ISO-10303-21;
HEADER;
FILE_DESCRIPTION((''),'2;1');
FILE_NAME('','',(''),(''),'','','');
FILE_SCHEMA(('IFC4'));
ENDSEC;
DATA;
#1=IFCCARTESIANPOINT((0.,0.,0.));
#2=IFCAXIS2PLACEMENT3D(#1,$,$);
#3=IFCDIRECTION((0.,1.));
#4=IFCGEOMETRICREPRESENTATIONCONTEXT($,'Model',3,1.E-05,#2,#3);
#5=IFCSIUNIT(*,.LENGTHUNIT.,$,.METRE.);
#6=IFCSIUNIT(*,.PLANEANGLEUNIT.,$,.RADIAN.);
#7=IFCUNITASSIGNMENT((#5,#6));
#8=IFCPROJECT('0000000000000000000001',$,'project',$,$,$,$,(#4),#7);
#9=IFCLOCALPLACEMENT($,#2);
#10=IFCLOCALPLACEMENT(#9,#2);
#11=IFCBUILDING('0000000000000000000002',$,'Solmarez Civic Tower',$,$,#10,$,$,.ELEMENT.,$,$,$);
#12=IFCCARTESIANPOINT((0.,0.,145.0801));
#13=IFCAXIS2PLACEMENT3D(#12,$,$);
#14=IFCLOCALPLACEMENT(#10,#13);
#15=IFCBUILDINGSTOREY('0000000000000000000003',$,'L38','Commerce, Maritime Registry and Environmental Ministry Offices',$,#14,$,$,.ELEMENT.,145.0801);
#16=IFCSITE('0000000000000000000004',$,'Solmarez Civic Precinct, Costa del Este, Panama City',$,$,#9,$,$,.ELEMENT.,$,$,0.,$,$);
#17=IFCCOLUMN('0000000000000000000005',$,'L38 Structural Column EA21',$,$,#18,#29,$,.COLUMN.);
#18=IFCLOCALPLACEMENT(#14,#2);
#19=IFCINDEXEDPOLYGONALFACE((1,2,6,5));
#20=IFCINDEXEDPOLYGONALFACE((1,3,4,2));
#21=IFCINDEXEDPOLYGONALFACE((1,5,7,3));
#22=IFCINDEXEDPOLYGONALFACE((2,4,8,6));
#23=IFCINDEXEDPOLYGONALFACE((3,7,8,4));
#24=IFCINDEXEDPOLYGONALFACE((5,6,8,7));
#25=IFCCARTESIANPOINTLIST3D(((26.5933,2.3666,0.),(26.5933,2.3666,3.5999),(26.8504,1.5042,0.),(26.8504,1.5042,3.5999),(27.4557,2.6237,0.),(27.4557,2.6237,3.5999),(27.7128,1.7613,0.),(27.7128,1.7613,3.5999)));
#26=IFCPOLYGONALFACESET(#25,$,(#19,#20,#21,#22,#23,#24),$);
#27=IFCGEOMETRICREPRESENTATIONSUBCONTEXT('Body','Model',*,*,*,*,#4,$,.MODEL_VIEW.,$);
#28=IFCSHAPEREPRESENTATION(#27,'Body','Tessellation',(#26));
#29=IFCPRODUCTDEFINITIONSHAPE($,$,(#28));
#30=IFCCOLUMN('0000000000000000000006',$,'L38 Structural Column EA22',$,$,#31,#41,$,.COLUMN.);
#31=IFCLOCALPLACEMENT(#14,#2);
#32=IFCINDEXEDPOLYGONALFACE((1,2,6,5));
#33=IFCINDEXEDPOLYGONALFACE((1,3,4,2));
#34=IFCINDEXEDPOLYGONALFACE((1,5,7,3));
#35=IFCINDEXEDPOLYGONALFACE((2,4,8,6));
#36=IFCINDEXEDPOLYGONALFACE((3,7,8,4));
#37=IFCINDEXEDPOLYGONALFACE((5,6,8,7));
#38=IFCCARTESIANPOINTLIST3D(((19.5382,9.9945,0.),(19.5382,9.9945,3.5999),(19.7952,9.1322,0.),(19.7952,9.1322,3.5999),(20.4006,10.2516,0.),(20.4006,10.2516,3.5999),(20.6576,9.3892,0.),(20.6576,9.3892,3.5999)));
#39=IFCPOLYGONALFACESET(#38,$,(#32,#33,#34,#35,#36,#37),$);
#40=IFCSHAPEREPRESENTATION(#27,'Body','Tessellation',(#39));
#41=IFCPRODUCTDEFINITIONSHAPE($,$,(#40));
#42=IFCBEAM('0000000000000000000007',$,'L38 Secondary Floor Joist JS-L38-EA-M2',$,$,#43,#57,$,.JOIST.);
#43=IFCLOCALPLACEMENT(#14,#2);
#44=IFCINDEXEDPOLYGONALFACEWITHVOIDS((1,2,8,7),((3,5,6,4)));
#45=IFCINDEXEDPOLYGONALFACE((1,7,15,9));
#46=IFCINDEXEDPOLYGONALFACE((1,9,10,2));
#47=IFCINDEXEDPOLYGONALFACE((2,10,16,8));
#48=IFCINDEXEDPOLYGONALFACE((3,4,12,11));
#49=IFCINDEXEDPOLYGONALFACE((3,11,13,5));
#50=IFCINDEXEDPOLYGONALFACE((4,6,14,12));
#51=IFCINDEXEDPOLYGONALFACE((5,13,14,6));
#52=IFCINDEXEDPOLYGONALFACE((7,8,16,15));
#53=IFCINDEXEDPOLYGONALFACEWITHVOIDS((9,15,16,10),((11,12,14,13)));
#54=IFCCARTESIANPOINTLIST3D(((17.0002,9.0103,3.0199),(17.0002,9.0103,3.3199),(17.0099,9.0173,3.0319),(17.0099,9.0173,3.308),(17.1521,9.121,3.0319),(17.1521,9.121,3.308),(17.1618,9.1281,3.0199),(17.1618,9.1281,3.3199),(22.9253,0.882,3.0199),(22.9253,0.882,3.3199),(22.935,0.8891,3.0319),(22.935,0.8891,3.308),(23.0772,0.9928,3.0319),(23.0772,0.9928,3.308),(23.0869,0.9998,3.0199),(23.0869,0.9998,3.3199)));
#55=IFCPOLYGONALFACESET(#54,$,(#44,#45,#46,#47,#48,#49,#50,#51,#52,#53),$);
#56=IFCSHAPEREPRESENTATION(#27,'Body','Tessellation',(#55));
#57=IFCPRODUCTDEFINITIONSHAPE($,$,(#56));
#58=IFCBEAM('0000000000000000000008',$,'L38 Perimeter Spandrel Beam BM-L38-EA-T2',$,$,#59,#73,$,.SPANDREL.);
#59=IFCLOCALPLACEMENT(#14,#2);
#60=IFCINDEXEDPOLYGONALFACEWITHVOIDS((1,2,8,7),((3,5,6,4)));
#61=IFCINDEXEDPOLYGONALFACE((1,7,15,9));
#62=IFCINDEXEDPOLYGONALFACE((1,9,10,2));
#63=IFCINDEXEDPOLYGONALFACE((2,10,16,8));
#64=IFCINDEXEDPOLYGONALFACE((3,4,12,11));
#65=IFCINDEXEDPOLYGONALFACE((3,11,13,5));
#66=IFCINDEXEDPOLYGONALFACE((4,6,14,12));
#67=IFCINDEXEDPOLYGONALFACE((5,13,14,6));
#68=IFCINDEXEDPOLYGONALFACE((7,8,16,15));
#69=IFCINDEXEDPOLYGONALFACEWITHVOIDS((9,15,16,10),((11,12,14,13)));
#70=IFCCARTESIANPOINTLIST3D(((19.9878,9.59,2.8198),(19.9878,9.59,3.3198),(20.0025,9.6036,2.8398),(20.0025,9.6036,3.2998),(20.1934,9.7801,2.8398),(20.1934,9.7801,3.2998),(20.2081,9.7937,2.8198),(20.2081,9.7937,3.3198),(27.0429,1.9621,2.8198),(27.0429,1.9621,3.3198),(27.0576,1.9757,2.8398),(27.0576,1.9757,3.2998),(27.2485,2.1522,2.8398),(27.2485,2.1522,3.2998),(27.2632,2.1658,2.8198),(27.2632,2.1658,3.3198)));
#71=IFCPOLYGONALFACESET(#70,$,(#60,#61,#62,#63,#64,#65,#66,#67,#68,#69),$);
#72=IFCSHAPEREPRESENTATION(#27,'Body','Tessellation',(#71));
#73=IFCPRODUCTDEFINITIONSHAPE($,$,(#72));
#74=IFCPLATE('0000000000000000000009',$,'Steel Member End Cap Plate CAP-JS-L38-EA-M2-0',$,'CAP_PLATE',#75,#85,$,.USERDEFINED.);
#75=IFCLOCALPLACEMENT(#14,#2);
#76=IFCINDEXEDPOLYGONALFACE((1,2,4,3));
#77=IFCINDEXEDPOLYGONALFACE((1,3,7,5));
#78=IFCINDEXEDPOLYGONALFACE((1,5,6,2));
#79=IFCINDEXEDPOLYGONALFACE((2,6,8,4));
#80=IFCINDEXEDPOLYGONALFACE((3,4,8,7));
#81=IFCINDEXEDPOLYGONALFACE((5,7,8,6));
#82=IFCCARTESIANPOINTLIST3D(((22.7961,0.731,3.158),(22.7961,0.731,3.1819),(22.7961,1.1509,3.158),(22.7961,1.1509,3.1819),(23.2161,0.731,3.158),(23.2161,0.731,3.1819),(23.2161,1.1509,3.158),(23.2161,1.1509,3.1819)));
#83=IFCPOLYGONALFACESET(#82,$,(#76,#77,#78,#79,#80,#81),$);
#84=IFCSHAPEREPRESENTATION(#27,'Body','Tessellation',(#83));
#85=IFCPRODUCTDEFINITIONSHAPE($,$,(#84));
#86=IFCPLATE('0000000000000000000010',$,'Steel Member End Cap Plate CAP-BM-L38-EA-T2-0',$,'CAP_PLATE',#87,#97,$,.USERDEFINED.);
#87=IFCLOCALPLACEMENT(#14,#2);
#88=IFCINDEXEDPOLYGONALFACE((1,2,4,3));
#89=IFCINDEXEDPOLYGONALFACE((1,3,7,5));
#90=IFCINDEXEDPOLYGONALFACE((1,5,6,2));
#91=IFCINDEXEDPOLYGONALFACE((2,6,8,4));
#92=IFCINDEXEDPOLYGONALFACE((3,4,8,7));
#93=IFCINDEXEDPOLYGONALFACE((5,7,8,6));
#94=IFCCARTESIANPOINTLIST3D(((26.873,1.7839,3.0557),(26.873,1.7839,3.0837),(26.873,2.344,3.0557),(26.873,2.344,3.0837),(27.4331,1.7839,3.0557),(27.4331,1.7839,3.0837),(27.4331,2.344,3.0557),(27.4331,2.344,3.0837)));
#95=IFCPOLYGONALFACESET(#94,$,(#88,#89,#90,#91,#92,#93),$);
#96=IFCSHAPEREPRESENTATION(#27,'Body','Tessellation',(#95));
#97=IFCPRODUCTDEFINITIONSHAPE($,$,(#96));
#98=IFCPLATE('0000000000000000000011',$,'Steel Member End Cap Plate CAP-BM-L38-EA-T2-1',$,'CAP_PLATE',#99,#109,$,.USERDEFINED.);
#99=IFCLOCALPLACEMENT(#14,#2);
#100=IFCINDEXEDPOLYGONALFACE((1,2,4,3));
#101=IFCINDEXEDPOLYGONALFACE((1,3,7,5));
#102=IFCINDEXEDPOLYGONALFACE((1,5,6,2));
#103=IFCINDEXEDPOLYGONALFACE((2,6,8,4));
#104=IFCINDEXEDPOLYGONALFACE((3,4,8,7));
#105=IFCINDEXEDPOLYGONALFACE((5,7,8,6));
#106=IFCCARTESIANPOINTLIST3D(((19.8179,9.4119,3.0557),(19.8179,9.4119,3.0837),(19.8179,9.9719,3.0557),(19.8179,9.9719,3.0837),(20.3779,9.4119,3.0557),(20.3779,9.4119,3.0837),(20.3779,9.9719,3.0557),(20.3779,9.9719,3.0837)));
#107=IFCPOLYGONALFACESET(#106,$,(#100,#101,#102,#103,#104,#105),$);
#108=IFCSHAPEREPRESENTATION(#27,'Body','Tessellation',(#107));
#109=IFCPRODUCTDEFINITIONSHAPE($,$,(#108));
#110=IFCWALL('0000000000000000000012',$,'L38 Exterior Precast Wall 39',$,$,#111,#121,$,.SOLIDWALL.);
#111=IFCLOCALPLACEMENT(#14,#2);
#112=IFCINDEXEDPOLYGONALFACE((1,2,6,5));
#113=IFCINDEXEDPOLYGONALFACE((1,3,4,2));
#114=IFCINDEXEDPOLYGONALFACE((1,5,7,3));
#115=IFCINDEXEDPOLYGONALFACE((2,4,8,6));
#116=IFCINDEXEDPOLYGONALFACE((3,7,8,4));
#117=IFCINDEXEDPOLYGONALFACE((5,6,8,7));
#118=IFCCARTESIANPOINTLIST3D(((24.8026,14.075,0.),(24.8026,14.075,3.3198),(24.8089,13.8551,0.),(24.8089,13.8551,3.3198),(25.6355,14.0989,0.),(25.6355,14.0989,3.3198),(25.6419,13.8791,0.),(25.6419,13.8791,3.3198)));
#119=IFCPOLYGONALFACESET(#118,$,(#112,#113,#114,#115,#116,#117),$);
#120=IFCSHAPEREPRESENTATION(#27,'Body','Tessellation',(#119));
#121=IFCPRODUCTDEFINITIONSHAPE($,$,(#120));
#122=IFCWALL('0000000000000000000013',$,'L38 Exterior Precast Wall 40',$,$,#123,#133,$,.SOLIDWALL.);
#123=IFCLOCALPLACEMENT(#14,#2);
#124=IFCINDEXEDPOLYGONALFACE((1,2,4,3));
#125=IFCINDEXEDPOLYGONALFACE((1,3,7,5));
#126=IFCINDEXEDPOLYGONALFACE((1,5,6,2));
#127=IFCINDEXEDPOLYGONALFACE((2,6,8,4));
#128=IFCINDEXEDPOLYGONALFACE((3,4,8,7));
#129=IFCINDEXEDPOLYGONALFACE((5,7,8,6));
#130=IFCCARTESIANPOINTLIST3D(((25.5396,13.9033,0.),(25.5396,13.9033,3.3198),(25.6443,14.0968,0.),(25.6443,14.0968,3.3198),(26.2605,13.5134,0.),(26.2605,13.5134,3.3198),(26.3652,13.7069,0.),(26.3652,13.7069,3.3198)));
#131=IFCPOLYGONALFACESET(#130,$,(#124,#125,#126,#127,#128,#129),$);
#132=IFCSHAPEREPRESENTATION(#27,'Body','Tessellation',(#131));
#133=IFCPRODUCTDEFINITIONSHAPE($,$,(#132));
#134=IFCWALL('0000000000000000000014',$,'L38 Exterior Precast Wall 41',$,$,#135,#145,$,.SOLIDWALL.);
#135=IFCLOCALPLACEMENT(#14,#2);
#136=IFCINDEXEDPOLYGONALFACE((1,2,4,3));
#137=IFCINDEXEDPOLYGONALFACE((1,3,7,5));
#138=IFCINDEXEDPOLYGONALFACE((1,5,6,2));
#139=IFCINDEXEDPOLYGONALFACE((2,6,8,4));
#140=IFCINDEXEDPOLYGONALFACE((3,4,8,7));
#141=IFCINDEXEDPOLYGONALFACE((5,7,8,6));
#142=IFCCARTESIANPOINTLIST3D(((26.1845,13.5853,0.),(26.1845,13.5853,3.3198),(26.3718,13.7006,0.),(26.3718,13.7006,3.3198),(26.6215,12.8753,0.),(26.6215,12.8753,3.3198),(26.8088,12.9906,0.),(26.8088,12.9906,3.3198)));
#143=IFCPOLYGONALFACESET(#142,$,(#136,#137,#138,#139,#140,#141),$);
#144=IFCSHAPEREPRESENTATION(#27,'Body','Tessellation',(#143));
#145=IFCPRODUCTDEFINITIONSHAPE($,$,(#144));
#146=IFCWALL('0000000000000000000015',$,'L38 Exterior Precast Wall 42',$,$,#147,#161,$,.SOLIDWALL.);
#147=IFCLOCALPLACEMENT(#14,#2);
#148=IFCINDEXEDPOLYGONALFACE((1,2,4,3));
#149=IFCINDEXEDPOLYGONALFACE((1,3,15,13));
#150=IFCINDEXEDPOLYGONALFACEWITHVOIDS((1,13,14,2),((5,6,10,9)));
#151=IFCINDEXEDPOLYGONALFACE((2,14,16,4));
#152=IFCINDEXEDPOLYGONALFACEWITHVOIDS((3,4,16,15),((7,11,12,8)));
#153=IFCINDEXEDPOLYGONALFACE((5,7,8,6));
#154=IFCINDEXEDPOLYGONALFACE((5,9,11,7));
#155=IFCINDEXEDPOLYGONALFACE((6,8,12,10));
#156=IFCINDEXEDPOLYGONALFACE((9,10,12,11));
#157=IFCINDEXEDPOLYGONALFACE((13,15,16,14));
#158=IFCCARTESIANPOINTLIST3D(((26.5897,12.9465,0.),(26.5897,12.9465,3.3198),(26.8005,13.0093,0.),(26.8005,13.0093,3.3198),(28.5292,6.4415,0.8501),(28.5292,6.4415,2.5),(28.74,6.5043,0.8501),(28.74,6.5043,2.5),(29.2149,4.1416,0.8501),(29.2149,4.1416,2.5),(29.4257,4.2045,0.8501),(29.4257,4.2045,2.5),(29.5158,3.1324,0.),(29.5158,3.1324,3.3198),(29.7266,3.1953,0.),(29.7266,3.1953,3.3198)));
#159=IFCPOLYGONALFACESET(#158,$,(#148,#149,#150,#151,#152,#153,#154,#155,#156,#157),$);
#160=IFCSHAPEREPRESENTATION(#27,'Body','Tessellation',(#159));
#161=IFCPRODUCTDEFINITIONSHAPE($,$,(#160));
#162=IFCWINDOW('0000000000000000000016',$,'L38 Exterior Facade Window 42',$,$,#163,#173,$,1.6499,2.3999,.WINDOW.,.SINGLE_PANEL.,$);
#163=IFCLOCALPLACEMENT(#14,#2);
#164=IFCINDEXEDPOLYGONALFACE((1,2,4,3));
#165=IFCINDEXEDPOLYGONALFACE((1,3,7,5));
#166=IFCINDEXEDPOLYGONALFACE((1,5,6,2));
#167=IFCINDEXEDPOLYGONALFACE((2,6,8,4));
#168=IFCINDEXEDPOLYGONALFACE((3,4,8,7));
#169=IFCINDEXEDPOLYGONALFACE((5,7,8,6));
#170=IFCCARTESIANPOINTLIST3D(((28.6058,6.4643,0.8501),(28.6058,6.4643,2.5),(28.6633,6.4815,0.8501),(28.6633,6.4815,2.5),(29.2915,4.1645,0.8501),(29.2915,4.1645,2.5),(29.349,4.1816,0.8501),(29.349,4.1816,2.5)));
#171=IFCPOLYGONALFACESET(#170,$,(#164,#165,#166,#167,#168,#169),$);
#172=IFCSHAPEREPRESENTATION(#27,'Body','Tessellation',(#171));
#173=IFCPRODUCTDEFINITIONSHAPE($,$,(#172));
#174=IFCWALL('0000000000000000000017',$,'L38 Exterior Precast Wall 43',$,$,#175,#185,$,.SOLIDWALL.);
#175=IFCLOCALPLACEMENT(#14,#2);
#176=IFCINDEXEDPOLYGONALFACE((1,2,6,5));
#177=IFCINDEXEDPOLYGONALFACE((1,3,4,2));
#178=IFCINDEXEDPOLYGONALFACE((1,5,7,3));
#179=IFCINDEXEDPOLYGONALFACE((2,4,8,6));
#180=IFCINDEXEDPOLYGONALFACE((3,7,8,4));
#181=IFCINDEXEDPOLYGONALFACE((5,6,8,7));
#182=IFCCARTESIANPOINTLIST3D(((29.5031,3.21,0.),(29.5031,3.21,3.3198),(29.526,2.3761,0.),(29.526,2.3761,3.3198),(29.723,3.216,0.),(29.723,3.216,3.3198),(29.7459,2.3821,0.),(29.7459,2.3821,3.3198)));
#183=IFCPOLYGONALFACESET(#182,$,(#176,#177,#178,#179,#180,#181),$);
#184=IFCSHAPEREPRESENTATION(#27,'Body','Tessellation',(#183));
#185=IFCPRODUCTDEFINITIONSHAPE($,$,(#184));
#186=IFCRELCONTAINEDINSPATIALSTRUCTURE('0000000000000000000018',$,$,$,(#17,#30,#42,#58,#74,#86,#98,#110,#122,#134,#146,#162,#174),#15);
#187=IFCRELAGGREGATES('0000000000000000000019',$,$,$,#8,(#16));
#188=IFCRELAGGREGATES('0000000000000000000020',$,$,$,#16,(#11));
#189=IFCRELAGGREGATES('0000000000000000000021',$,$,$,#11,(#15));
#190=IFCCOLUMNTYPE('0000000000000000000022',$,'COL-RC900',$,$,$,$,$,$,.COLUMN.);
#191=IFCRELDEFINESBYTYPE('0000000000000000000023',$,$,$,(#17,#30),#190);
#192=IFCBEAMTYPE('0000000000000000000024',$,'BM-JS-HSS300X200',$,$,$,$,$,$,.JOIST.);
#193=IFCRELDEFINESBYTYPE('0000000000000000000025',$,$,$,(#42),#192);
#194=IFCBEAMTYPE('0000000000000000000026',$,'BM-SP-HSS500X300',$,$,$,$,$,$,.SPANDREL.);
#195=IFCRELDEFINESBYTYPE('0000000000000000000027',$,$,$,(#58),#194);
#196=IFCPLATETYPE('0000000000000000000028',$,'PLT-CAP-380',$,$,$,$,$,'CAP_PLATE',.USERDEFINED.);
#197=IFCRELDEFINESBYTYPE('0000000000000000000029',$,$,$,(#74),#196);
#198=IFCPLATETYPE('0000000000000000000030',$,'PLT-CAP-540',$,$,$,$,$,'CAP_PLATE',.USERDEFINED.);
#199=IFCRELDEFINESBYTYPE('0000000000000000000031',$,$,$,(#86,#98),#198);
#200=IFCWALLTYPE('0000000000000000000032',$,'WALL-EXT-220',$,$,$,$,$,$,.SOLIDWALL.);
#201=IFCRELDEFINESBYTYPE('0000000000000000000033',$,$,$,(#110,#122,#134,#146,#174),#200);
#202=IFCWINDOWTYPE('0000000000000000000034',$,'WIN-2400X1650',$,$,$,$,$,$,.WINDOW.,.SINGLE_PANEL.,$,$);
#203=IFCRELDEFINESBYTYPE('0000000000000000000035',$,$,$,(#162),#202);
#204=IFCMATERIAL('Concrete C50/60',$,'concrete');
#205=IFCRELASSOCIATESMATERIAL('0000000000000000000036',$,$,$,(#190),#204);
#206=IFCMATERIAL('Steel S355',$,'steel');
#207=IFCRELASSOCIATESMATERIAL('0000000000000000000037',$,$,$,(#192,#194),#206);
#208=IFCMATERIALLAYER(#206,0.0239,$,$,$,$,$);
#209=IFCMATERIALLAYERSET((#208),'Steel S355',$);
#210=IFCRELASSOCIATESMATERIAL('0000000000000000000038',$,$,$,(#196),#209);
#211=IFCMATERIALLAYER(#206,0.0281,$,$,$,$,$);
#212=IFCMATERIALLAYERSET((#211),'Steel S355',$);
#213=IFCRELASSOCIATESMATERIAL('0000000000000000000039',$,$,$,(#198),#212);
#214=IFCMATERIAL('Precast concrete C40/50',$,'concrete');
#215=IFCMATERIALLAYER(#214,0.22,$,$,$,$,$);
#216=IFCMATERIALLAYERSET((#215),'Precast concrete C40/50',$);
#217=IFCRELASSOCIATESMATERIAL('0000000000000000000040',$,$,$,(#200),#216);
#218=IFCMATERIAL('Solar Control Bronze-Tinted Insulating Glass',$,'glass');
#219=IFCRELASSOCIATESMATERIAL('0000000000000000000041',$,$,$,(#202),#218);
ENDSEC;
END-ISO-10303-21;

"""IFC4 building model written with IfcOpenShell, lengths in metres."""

from ifc_helpers import new_model, si_unit, direction, frame, frame_2d, origin, origin_2d, place, context, subcontext, project, spatial, rectangle, hollow_rectangle, extrude, material, layer, layer_set, material_profile, profile_set, type_object, element, fill, save


model = new_model("IFC4")

# Units and contexts
model_context = context("Model", 3, precision=1e-05, world=origin(), true_north=direction((0.0, 1.0)))
body_context = subcontext(model_context, "Body", "Model", "MODEL_VIEW")
ifc_project = project(units=[si_unit("LENGTHUNIT", "METRE"), si_unit("PLANEANGLEUNIT", "RADIAN")], contexts=[model_context])

# Site, building, storey
site_placement = place(None, origin())
site = spatial("IfcSite", under=ifc_project, at=site_placement, Name="Solmarez Civic Precinct, Costa del Este, Panama City", CompositionType="ELEMENT", RefElevation=0.0)
building_placement = place(site_placement, origin())
building = spatial("IfcBuilding", under=site, at=building_placement, Name="Solmarez Civic Tower", CompositionType="ELEMENT")
storey_placement = place(building_placement, frame((0.0, 0.0, 145.0801)))
storey = spatial("IfcBuildingStorey", under=building, at=storey_placement, Name="L38", Description="Commerce, Maritime Registry and Environmental Ministry Offices", CompositionType="ELEMENT", Elevation=145.0801)

# Columns
ifc_material_1 = material(Name="Concrete C50/60", Category="concrete")
ifc_material_profile_1 = material_profile(ifc_material_1, rectangle(XDim=0.8999, YDim=0.8999, at=origin_2d()), Name="RC900X900")
ifc_profile_set_1 = profile_set([ifc_material_profile_1], Name="Concrete C50/60")
column_type = type_object("IfcColumnType", Name="COL-RC900", PredefinedType="COLUMN", material=ifc_profile_set_1)
for number, where, z_axis, x_axis, name in (
    (1, (27.1531, 2.064, 0.0), (0.0, 0.0, 1.0), (0.958323, 0.285688, 0.0), "L38 Structural Column EA21"),
    (2, (20.0979, 9.6919, 0.0), (0.0, 0.0, 1.0), (0.958323, 0.285688, 0.0), "L38 Structural Column EA22"),
):
    element("IfcColumn", number, at=place(storey_placement, frame(where, z_axis=z_axis, x_axis=x_axis)), inside=storey, type_object=column_type, Name=name, PredefinedType="COLUMN", context=body_context, shape_type="SweptSolid", body=[
        extrude(rectangle(XDim=0.8999, YDim=0.8999, at=origin_2d()), origin(), (0.0, 0.0, 1.0), 3.5999),
    ])

# Beams
ifc_material_2 = material(Name="Steel S355", Category="steel")
ifc_material_profile_2 = material_profile(ifc_material_2, hollow_rectangle(XDim=0.2, YDim=0.3, WallThickness=0.012, at=origin_2d()), Name="HSS300X200X12")
ifc_profile_set_2 = profile_set([ifc_material_profile_2], Name="Steel S355")
beam_type_1 = type_object("IfcBeamType", Name="BM-JS-HSS300X200", PredefinedType="JOIST", material=ifc_profile_set_2)
beam_1_placement = place(storey_placement, frame((23.0061, 0.9409, 3.1699), z_axis=(-0.589059, 0.80809, 0.0), x_axis=(-0.80809, -0.589059, 0.0)))
element("IfcBeam", 3, at=beam_1_placement, inside=storey, type_object=beam_type_1, Name="L38 Secondary Floor Joist JS-L38-EA-M2", PredefinedType="JOIST", context=body_context, shape_type="SweptSolid", body=[
    extrude(hollow_rectangle(XDim=0.2, YDim=0.3, WallThickness=0.012, at=origin_2d()), origin(), (0.0, 0.0, 1.0), 10.0586),
])
ifc_material_profile_3 = material_profile(ifc_material_2, hollow_rectangle(XDim=0.3, YDim=0.5, WallThickness=0.02, at=origin_2d()), Name="HSS500X300X20")
ifc_profile_set_3 = profile_set([ifc_material_profile_3], Name="Steel S355")
beam_type_2 = type_object("IfcBeamType", Name="BM-SP-HSS500X300", PredefinedType="SPANDREL", material=ifc_profile_set_3)
beam_2_placement = place(storey_placement, frame((27.1531, 2.064, 3.0698), z_axis=(-0.679008, 0.734131, 0.0), x_axis=(-0.734131, -0.679008, 0.0)))
element("IfcBeam", 4, at=beam_2_placement, inside=storey, type_object=beam_type_2, Name="L38 Perimeter Spandrel Beam BM-L38-EA-T2", PredefinedType="SPANDREL", context=body_context, shape_type="SweptSolid", body=[
    extrude(hollow_rectangle(XDim=0.3, YDim=0.5, WallThickness=0.02, at=origin_2d()), origin(), (0.0, 0.0, 1.0), 10.3904),
])

# Plates
ifc_layer_1 = layer(ifc_material_2, 0.0239)
ifc_layer_set_1 = layer_set([ifc_layer_1], Name="Steel S355")
plate_type_1 = type_object("IfcPlateType", Name="PLT-CAP-380", ElementType="CAP_PLATE", PredefinedType="USERDEFINED", material=ifc_layer_set_1)
plate_placement = place(storey_placement, frame((23.0061, 0.9409, 3.158), z_axis=(0.0, 0.0, 1.0), x_axis=(1.0, 0.0, 0.0)))
element("IfcPlate", 5, at=plate_placement, inside=storey, type_object=plate_type_1, Name="Steel Member End Cap Plate CAP-JS-L38-EA-M2-0", ObjectType="CAP_PLATE", PredefinedType="USERDEFINED", context=body_context, shape_type="SweptSolid", body=[
    extrude(rectangle(XDim=0.4199, YDim=0.4199, at=origin_2d()), origin(), (0.0, 0.0, 1.0), 0.0239),
])
ifc_layer_2 = layer(ifc_material_2, 0.0281)
ifc_layer_set_2 = layer_set([ifc_layer_2], Name="Steel S355")
plate_type_2 = type_object("IfcPlateType", Name="PLT-CAP-540", ElementType="CAP_PLATE", PredefinedType="USERDEFINED", material=ifc_layer_set_2)
for number, where, z_axis, x_axis, name in (
    (6, (27.1531, 2.064, 3.0557), (0.0, 0.0, 1.0), (1.0, 0.0, 0.0), "Steel Member End Cap Plate CAP-BM-L38-EA-T2-0"),
    (7, (20.0979, 9.6919, 3.0557), (0.0, 0.0, 1.0), (1.0, 0.0, 0.0), "Steel Member End Cap Plate CAP-BM-L38-EA-T2-1"),
):
    element("IfcPlate", number, at=place(storey_placement, frame(where, z_axis=z_axis, x_axis=x_axis)), inside=storey, type_object=plate_type_2, Name=name, ObjectType="CAP_PLATE", PredefinedType="USERDEFINED", context=body_context, shape_type="SweptSolid", body=[
        extrude(rectangle(XDim=0.5601, YDim=0.5601, at=origin_2d()), origin(), (0.0, 0.0, 1.0), 0.0281),
    ])

# Walls
ifc_material_3 = material(Name="Precast concrete C40/50", Category="concrete")
ifc_layer_3 = layer(ifc_material_3, 0.22)
ifc_layer_set_3 = layer_set([ifc_layer_3], Name="Precast concrete C40/50")
wall_type_1 = type_object("IfcWallType", Name="WALL-EXT-220", PredefinedType="SOLIDWALL", material=ifc_layer_set_3)
wall_1_placement = place(storey_placement, frame((24.8059, 13.9651, 0.0), z_axis=(0.0, 0.0, 1.0), x_axis=(0.999588, 0.02871, 0.0)))
element("IfcWall", 8, at=wall_1_placement, inside=storey, type_object=wall_type_1, Name="L38 Exterior Precast Wall 39", PredefinedType="SOLIDWALL", context=body_context, shape_type="SweptSolid", body=[
    extrude(rectangle(XDim=0.8333, YDim=0.22, at=frame_2d((0.4165, 0.0))), origin(), (0.0, 0.0, 1.0), 3.3198),
])
wall_2_placement = place(storey_placement, frame((25.592, 14.0, 0.0), z_axis=(0.0, 0.0, 1.0), x_axis=(0.879609, -0.475698, 0.0)))
element("IfcWall", 9, at=wall_2_placement, inside=storey, type_object=wall_type_1, Name="L38 Exterior Precast Wall 40", PredefinedType="SOLIDWALL", context=body_context, shape_type="SweptSolid", body=[
    extrude(rectangle(XDim=0.8196, YDim=0.22, at=frame_2d((0.4097, 0.0))), origin(), (0.0, 0.0, 1.0), 3.3198),
])
wall_3_placement = place(storey_placement, frame((26.2781, 13.6431, 0.0), z_axis=(0.0, 0.0, 1.0), x_axis=(0.524195, -0.851598, 0.0)))
element("IfcWall", 10, at=wall_3_placement, inside=storey, type_object=wall_type_1, Name="L38 Exterior Precast Wall 41", PredefinedType="SOLIDWALL", context=body_context, shape_type="SweptSolid", body=[
    extrude(rectangle(XDim=0.8337, YDim=0.22, at=frame_2d((0.417, 0.0))), origin(), (0.0, 0.0, 1.0), 3.3198),
])

# Wall, opening, window
wall_4_placement = place(storey_placement, frame((26.6951, 12.978, 0.0), z_axis=(0.0, 0.0, 1.0), x_axis=(0.28572, -0.958313, 0.0)))
wall_4 = element("IfcWall", 11, at=wall_4_placement, inside=storey, type_object=wall_type_1, Name="L38 Exterior Precast Wall 42", PredefinedType="SOLIDWALL", context=body_context, shape_type="SweptSolid", body=[
    extrude(rectangle(XDim=10.241, YDim=0.22, at=frame_2d((5.1206, 0.0))), origin(), (0.0, 0.0, 1.0), 3.3198),
])
opening_1_placement = place(wall_4_placement, frame((6.7881, 0.0, 0.8501)))
opening_1 = element("IfcOpeningElement", 12, at=opening_1_placement, cuts=wall_4, PredefinedType="OPENING", context=body_context, shape_type="SweptSolid", body=[
    extrude(rectangle(XDim=2.3999, YDim=1.6499, at=frame_2d((1.2, 0.825))), frame((0.0, 0.1199, 0.0), z_axis=(0.0, -1.0, 0.0), x_axis=(1.0, 0.0, 0.0)), (0.0, 0.0, 1.0), 0.24),
])
ifc_material_4 = material(Name="Solar Control Bronze-Tinted Insulating Glass", Category="glass")
window_type_1 = type_object("IfcWindowType", Name="WIN-2400X1650", PartitioningType="SINGLE_PANEL", PredefinedType="WINDOW", material=ifc_material_4)
window_1_placement = place(opening_1_placement, origin())
window_1 = element("IfcWindow", 13, at=window_1_placement, inside=storey, type_object=window_type_1, Name="L38 Exterior Facade Window 42", OverallHeight=1.6499, OverallWidth=2.3999, PartitioningType="SINGLE_PANEL", PredefinedType="WINDOW", context=body_context, shape_type="SweptSolid", body=[
    extrude(rectangle(XDim=2.3999, YDim=1.6499, at=frame_2d((1.2, 0.825))), frame((0.0, 0.03, 0.0), z_axis=(0.0, -1.0, 0.0), x_axis=(1.0, 0.0, 0.0)), (0.0, 0.0, 1.0), 0.0601),
])
fill(opening_1, window_1)

# Wall
wall_5_placement = place(storey_placement, frame((29.613, 3.2129, 0.0), z_axis=(0.0, 0.0, 1.0), x_axis=(0.027507, -0.999622, 0.0)))
element("IfcWall", 14, at=wall_5_placement, inside=storey, type_object=wall_type_1, Name="L38 Exterior Precast Wall 43", PredefinedType="SOLIDWALL", context=body_context, shape_type="SweptSolid", body=[
    extrude(rectangle(XDim=0.8342, YDim=0.22, at=frame_2d((0.417, 0.0))), origin(), (0.0, 0.0, 1.0), 3.3198),
])

save(model, "model.ifc")
